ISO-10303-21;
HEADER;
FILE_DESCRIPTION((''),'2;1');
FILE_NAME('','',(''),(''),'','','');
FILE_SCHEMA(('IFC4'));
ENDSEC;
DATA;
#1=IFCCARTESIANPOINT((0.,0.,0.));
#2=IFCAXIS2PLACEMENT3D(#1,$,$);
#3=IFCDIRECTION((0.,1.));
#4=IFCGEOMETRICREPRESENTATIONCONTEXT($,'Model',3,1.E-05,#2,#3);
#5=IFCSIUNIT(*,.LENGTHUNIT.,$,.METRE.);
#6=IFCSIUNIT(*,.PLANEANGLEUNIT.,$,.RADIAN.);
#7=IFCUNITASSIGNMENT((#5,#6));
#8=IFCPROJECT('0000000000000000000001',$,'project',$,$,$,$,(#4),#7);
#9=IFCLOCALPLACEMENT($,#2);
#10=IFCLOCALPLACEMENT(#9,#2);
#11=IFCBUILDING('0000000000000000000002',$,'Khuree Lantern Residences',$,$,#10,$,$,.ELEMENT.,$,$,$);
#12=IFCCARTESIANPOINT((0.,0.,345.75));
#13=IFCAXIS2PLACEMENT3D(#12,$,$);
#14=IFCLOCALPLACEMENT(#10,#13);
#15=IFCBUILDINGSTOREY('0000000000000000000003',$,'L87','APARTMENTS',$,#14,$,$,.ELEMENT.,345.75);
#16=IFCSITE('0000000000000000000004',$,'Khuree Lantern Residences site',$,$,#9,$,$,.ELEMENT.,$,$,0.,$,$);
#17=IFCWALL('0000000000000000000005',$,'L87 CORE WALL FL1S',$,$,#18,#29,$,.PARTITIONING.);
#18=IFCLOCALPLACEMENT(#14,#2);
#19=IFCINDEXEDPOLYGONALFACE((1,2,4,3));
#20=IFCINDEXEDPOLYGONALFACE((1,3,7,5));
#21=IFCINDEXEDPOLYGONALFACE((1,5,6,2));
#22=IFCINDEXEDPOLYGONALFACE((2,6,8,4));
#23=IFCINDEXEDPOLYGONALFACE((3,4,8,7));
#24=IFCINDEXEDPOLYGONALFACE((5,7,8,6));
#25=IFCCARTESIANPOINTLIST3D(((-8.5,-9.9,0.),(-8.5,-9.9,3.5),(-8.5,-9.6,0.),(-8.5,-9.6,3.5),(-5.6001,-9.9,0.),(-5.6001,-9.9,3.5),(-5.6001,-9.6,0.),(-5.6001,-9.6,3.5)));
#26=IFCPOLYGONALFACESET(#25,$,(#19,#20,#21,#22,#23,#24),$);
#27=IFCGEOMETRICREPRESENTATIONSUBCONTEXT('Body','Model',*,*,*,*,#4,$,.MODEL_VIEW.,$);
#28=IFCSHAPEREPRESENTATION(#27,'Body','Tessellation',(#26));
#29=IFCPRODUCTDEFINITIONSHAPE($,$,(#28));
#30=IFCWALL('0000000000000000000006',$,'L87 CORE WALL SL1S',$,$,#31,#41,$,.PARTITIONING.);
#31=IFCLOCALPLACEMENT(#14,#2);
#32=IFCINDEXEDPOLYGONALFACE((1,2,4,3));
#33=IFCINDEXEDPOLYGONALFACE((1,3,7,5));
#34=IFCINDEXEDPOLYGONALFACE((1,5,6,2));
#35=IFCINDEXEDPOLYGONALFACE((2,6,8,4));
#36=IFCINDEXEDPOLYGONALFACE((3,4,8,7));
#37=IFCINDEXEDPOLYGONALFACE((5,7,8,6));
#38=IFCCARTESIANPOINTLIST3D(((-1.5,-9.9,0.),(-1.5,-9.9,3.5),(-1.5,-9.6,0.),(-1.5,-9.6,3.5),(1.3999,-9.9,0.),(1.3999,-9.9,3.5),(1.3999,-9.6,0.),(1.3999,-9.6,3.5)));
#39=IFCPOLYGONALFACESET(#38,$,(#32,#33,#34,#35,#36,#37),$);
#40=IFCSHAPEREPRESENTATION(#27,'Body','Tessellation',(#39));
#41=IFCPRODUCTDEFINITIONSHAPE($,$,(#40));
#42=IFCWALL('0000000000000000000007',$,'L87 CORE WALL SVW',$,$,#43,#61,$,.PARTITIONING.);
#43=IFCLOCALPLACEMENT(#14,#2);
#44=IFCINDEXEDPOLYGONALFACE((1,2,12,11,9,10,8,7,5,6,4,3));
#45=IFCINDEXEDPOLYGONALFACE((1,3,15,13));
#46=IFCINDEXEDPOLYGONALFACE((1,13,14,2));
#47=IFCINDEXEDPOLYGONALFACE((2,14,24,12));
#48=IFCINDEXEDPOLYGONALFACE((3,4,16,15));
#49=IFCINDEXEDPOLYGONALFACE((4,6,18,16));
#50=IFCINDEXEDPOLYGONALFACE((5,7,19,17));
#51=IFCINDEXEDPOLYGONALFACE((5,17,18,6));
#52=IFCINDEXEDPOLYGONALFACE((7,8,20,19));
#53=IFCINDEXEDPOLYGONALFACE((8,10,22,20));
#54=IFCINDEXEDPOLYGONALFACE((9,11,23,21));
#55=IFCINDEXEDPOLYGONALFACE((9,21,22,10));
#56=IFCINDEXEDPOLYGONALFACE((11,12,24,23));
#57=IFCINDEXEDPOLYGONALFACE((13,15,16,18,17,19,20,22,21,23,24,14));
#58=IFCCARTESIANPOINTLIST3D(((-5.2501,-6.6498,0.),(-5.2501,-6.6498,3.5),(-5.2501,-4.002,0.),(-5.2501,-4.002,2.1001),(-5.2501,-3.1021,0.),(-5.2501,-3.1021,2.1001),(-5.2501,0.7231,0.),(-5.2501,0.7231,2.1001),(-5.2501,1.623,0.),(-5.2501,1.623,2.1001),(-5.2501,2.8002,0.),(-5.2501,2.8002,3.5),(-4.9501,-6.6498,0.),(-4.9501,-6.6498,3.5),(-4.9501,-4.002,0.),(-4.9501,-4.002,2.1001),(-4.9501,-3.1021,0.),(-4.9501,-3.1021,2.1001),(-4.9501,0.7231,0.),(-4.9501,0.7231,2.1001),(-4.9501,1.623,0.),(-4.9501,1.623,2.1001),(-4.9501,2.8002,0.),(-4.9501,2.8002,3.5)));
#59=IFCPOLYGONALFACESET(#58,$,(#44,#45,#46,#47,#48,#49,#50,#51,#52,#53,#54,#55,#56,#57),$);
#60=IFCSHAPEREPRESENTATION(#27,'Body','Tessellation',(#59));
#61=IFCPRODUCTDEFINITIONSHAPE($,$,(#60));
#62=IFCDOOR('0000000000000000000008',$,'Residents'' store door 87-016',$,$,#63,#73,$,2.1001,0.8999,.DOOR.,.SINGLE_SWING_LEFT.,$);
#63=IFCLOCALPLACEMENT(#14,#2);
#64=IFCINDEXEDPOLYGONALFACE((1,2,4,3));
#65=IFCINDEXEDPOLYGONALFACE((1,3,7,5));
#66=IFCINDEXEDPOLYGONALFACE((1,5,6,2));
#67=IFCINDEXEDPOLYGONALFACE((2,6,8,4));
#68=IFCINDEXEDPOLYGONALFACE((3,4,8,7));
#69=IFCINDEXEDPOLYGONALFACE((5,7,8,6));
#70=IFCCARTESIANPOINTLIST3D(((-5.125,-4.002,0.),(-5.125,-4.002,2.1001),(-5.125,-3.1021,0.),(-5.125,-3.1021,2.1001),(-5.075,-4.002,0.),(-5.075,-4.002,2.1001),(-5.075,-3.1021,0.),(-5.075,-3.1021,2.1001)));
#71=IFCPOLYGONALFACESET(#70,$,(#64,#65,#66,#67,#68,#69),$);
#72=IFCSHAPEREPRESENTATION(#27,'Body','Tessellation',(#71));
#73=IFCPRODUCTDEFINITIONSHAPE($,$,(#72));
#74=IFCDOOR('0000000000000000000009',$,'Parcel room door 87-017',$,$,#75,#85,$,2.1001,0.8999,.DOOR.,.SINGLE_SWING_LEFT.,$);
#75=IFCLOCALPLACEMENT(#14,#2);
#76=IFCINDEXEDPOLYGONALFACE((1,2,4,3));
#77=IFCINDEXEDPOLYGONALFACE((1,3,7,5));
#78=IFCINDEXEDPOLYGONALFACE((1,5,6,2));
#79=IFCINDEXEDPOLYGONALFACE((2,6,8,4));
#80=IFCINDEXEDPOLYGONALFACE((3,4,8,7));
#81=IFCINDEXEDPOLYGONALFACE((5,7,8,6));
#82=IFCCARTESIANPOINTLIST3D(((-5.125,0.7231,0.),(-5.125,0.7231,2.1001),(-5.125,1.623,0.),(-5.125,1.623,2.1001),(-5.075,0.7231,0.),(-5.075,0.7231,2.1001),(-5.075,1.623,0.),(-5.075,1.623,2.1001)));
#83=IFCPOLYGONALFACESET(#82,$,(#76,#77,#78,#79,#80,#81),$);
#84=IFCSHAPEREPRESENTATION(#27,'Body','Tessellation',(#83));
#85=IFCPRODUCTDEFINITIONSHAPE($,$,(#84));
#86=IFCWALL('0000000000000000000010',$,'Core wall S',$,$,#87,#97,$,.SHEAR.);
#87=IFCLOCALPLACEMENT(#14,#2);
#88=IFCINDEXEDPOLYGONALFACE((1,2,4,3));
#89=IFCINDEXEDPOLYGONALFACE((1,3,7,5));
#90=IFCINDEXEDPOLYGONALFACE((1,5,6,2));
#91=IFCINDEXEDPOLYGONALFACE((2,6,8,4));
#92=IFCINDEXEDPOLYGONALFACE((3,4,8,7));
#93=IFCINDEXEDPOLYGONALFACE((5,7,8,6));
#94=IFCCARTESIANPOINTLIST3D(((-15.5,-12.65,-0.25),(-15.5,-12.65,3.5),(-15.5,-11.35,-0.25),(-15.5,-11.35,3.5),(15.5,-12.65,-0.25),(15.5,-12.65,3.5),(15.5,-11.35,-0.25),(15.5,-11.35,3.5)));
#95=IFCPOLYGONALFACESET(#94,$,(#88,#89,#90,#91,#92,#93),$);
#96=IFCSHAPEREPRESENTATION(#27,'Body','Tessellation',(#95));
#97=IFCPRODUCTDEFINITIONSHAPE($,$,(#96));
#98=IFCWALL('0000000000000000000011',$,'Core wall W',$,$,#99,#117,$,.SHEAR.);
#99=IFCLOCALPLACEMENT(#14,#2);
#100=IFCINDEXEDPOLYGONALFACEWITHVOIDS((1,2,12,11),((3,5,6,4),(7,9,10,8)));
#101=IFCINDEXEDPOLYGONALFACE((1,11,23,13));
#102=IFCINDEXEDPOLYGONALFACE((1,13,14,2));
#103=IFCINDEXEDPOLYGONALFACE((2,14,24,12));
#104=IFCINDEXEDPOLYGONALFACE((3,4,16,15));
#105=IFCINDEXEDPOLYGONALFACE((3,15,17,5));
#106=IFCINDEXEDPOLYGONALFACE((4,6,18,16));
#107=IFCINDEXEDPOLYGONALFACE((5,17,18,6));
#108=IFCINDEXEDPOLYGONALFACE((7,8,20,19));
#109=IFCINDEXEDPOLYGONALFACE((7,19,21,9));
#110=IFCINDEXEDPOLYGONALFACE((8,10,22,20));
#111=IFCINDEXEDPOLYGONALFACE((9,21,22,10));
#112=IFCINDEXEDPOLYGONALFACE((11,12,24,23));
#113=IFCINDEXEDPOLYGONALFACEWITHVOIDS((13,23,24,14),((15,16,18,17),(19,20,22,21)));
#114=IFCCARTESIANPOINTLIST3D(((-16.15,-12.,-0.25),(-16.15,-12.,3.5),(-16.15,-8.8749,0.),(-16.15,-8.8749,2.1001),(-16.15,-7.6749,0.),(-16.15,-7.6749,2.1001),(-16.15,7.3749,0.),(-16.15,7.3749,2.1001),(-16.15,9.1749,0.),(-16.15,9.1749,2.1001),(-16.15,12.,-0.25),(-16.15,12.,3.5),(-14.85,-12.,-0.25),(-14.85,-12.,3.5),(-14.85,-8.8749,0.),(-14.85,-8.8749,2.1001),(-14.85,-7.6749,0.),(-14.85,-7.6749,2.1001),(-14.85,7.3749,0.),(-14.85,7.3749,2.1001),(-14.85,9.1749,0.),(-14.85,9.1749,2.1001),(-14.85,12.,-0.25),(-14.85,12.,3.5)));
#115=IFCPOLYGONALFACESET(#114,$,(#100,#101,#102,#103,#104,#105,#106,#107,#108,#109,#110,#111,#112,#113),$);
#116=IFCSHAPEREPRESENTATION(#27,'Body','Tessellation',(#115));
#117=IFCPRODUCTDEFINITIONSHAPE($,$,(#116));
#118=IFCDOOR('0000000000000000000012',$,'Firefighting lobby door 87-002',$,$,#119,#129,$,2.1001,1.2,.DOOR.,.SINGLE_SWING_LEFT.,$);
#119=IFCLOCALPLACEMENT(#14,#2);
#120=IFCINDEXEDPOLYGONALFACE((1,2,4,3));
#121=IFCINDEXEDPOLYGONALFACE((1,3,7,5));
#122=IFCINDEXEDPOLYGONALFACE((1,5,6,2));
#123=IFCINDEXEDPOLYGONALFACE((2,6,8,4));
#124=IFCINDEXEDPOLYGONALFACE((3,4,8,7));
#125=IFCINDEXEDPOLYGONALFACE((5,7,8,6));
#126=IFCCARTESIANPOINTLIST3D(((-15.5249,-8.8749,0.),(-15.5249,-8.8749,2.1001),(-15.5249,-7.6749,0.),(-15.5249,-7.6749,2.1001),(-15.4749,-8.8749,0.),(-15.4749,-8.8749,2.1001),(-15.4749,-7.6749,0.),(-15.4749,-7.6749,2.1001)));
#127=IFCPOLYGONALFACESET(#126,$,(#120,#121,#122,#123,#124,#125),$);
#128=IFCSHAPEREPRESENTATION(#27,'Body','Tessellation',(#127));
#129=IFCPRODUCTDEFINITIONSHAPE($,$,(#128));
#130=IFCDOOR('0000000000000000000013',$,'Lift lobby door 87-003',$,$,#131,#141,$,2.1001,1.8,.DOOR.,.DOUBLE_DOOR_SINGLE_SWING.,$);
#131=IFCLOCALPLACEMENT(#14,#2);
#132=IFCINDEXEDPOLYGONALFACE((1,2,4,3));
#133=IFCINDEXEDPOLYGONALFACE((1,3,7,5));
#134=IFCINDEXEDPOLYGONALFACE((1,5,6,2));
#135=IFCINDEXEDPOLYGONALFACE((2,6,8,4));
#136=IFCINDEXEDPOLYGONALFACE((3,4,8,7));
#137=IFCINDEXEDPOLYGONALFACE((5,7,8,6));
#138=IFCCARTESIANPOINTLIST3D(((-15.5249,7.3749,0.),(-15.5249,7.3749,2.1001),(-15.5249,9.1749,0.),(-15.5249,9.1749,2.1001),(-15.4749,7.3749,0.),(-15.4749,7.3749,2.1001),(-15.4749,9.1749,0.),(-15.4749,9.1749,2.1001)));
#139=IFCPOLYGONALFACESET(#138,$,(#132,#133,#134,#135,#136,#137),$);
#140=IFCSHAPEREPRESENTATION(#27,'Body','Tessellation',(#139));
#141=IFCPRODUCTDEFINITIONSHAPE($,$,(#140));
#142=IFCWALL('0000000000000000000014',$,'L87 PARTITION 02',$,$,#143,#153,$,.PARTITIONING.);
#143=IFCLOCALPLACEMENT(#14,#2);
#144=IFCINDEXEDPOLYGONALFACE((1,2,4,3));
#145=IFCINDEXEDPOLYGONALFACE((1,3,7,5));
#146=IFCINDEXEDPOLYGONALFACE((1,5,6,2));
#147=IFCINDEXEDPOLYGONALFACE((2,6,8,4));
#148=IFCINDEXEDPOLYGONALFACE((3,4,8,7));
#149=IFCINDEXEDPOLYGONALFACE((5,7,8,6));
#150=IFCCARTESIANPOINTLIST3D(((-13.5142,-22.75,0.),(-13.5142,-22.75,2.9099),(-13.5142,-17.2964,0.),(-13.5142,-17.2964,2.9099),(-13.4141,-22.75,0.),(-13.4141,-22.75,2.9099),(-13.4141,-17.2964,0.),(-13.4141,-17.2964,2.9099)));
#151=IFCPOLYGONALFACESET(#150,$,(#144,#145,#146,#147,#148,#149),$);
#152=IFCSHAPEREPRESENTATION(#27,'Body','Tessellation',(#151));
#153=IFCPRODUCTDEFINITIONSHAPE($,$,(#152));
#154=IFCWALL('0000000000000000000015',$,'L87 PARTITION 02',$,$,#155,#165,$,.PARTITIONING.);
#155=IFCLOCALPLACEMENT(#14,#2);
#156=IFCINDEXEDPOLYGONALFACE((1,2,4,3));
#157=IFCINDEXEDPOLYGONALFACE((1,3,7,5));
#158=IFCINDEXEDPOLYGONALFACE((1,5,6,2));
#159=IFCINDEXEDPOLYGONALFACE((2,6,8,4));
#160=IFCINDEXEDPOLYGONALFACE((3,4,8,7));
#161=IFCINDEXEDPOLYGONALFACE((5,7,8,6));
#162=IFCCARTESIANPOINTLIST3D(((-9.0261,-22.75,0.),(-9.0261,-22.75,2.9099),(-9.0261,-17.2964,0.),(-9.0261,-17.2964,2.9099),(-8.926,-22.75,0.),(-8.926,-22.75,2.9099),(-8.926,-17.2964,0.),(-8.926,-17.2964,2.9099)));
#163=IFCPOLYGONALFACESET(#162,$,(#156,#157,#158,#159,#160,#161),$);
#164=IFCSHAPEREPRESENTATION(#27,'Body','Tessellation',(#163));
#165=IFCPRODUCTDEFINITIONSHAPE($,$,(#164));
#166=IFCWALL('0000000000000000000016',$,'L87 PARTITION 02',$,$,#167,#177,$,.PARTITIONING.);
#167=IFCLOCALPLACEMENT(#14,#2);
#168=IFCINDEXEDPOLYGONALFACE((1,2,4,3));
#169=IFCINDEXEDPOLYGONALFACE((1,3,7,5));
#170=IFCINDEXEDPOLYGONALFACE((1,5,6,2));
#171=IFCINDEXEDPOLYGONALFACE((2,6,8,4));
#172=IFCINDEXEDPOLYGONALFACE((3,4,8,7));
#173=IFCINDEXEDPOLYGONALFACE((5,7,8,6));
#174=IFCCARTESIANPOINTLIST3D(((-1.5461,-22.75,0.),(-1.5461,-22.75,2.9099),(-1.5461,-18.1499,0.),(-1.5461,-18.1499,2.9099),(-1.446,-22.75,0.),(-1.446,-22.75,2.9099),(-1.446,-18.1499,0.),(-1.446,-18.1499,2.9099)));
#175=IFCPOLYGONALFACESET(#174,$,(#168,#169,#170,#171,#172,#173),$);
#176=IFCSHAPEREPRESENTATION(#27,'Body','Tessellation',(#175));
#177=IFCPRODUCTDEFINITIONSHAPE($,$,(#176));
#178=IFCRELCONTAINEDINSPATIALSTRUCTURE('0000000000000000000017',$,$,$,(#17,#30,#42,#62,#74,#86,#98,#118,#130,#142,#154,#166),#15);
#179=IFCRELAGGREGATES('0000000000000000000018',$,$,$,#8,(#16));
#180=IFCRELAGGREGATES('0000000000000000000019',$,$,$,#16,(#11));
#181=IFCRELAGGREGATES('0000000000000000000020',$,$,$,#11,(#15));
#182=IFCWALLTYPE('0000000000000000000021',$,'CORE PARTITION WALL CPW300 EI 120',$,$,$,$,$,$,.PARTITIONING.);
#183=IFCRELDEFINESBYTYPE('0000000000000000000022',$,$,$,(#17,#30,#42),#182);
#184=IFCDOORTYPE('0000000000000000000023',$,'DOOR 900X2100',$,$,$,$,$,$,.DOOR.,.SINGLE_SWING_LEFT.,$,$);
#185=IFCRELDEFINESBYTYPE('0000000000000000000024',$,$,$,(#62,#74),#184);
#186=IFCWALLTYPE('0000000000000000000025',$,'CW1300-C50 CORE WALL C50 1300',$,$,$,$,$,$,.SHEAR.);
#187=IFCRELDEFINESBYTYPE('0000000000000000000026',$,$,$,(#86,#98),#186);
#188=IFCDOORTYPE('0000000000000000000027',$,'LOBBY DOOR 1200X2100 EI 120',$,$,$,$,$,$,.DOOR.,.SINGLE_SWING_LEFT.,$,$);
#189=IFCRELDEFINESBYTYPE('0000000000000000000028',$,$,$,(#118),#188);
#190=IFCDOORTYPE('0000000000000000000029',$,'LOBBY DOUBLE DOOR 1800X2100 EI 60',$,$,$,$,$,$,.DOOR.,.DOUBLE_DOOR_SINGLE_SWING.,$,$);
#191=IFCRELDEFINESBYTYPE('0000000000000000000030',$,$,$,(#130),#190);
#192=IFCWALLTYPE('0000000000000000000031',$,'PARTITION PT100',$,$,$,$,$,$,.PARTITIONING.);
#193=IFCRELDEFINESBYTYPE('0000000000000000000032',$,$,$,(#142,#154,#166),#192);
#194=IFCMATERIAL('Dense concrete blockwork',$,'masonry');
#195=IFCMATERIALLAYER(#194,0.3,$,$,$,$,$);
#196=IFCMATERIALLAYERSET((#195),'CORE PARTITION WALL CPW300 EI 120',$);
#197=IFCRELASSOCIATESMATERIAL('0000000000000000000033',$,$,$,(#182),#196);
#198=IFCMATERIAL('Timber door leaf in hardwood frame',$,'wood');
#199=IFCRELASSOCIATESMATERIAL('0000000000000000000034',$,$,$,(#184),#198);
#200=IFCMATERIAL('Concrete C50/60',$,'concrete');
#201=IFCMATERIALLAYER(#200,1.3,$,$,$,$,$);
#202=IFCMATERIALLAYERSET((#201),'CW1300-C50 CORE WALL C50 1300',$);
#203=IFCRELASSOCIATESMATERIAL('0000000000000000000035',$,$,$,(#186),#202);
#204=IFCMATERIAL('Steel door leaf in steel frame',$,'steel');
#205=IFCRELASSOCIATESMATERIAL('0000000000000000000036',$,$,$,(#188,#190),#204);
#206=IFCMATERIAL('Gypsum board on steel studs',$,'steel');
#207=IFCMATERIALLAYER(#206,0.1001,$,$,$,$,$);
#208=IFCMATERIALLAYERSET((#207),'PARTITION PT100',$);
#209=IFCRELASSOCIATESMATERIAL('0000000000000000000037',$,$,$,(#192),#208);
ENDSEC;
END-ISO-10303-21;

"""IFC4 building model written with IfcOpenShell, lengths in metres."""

from ifc_helpers import new_model, si_unit, direction, frame, frame_2d, origin, place, context, subcontext, project, spatial, rectangle, extrude, material, layer, layer_set, type_object, element, fill, save


model = new_model("IFC4")

# Units and contexts
model_context = context("Model", 3, precision=1e-05, world=origin(), true_north=direction((0.0, 1.0)))
body_context = subcontext(model_context, "Body", "Model", "MODEL_VIEW")
ifc_project = project(units=[si_unit("LENGTHUNIT", "METRE"), si_unit("PLANEANGLEUNIT", "RADIAN")], contexts=[model_context])

# Site, building, storey
site_placement = place(None, origin())
site = spatial("IfcSite", under=ifc_project, at=site_placement, Name="Khuree Lantern Residences site", CompositionType="ELEMENT", RefElevation=0.0)
building_placement = place(site_placement, origin())
building = spatial("IfcBuilding", under=site, at=building_placement, Name="Khuree Lantern Residences", CompositionType="ELEMENT")
storey_placement = place(building_placement, frame((0.0, 0.0, 345.75)))
storey = spatial("IfcBuildingStorey", under=building, at=storey_placement, Name="L87", Description="APARTMENTS", CompositionType="ELEMENT", Elevation=345.75)

# Shared definitions
ifc_material_1 = material(Name="Dense concrete blockwork", Category="masonry")
ifc_layer_1 = layer(ifc_material_1, 0.3)
ifc_layer_set_1 = layer_set([ifc_layer_1], Name="CORE PARTITION WALL CPW300 EI 120")
wall_type_1 = type_object("IfcWallType", Name="CORE PARTITION WALL CPW300 EI 120", PredefinedType="PARTITIONING", material=ifc_layer_set_1)

# Shared definitions
ifc_material_2 = material(Name="Steel door leaf in steel frame", Category="steel")

# Walls
for number, where, z_axis, x_axis, name in (
    (1, (-8.5, -9.75, 0.0), (0.0, 0.0, 1.0), (1.0, 0.0, 0.0), "L87 CORE WALL FL1S"),
    (2, (-1.5, -9.75, 0.0), (0.0, 0.0, 1.0), (1.0, 0.0, 0.0), "L87 CORE WALL SL1S"),
):
    element("IfcWall", number, at=place(storey_placement, frame(where, z_axis=z_axis, x_axis=x_axis)), inside=storey, type_object=wall_type_1, Name=name, PredefinedType="PARTITIONING", context=body_context, shape_type="SweptSolid", body=[
        extrude(rectangle(XDim=2.8999, YDim=0.3, at=frame_2d((1.45, 0.0))), origin(), (0.0, 0.0, 1.0), 3.5),
    ])

# Wall, openings, doors
wall_1_placement = place(storey_placement, frame((-5.1001, -6.6499, 0.0), z_axis=(0.0, 0.0, 1.0), x_axis=(0.0, 1.0, 0.0)))
wall_1 = element("IfcWall", 3, at=wall_1_placement, inside=storey, type_object=wall_type_1, Name="L87 CORE WALL SVW", PredefinedType="PARTITIONING", context=body_context, shape_type="SweptSolid", body=[
    extrude(rectangle(XDim=9.45, YDim=0.3, at=frame_2d((4.7251, 0.0))), origin(), (0.0, 0.0, 1.0), 3.5),
])
opening_1_placement = place(wall_1_placement, frame((2.6479, 0.0, 0.0)))
opening_1 = element("IfcOpeningElement", 4, at=opening_1_placement, cuts=wall_1, PredefinedType="OPENING", context=body_context, shape_type="SweptSolid", body=[
    extrude(rectangle(XDim=0.8999, YDim=2.1001, at=frame_2d((0.45, 1.05))), frame((0.0, 0.1602, 0.0), z_axis=(0.0, -1.0, 0.0), x_axis=(1.0, 0.0, 0.0)), (0.0, 0.0, 1.0), 0.3201),
])
opening_2_placement = place(wall_1_placement, frame((7.373, 0.0, 0.0)))
opening_2 = element("IfcOpeningElement", 5, at=opening_2_placement, cuts=wall_1, PredefinedType="OPENING", context=body_context, shape_type="SweptSolid", body=[
    extrude(rectangle(XDim=0.8999, YDim=2.1001, at=frame_2d((0.45, 1.05))), frame((0.0, 0.1602, 0.0), z_axis=(0.0, -1.0, 0.0), x_axis=(1.0, 0.0, 0.0)), (0.0, 0.0, 1.0), 0.3201),
])
ifc_material_3 = material(Name="Timber door leaf in hardwood frame", Category="wood")
door_type_1 = type_object("IfcDoorType", Name="DOOR 900X2100", OperationType="SINGLE_SWING_LEFT", PredefinedType="DOOR", material=ifc_material_3)
door_1_placement = place(opening_1_placement, origin())
door_1 = element("IfcDoor", 6, at=door_1_placement, inside=storey, type_object=door_type_1, Name="Residents' store door 87-016", OperationType="SINGLE_SWING_LEFT", OverallHeight=2.1001, OverallWidth=0.8999, PredefinedType="DOOR", context=body_context, shape_type="SweptSolid", body=[
    extrude(rectangle(XDim=0.8999, YDim=2.1001, at=frame_2d((0.45, 1.05))), frame((0.0, 0.0249, 0.0), z_axis=(0.0, -1.0, 0.0), x_axis=(1.0, 0.0, 0.0)), (0.0, 0.0, 1.0), 0.05),
])
fill(opening_1, door_1)
door_2_placement = place(opening_2_placement, origin())
door_2 = element("IfcDoor", 7, at=door_2_placement, inside=storey, type_object=door_type_1, Name="Parcel room door 87-017", OperationType="SINGLE_SWING_LEFT", OverallHeight=2.1001, OverallWidth=0.8999, PredefinedType="DOOR", context=body_context, shape_type="SweptSolid", body=[
    extrude(rectangle(XDim=0.8999, YDim=2.1001, at=frame_2d((0.45, 1.05))), frame((0.0, 0.0249, 0.0), z_axis=(0.0, -1.0, 0.0), x_axis=(1.0, 0.0, 0.0)), (0.0, 0.0, 1.0), 0.05),
])
fill(opening_2, door_2)

# Wall
ifc_material_4 = material(Name="Concrete C50/60", Category="concrete")
ifc_layer_2 = layer(ifc_material_4, 1.3)
ifc_layer_set_2 = layer_set([ifc_layer_2], Name="CW1300-C50 CORE WALL C50 1300")
wall_type_2 = type_object("IfcWallType", Name="CW1300-C50 CORE WALL C50 1300", PredefinedType="SHEAR", material=ifc_layer_set_2)
wall_2_placement = place(storey_placement, frame((-15.5, -12.0, -0.25), z_axis=(0.0, 0.0, 1.0), x_axis=(1.0, 0.0, 0.0)))
element("IfcWall", 8, at=wall_2_placement, inside=storey, type_object=wall_type_2, Name="Core wall S", PredefinedType="SHEAR", context=body_context, shape_type="SweptSolid", body=[
    extrude(rectangle(XDim=31.0, YDim=1.3, at=frame_2d((15.5, 0.0))), origin(), (0.0, 0.0, 1.0), 3.75),
])

# Wall, openings, doors
wall_3_placement = place(storey_placement, frame((-15.5, -12.0, -0.25), z_axis=(0.0, 0.0, 1.0), x_axis=(0.0, 1.0, 0.0)))
wall_3 = element("IfcWall", 9, at=wall_3_placement, inside=storey, type_object=wall_type_2, Name="Core wall W", PredefinedType="SHEAR", context=body_context, shape_type="SweptSolid", body=[
    extrude(rectangle(XDim=24.0, YDim=1.3, at=frame_2d((12.0, 0.0))), origin(), (0.0, 0.0, 1.0), 3.75),
])
opening_3_placement = place(wall_3_placement, frame((3.125, 0.0, 0.25)))
opening_3 = element("IfcOpeningElement", 10, at=opening_3_placement, cuts=wall_3, PredefinedType="OPENING", context=body_context, shape_type="SweptSolid", body=[
    extrude(rectangle(XDim=1.2, YDim=2.1001, at=frame_2d((0.6001, 1.05))), frame((0.0, 0.6602, 0.0), z_axis=(0.0, -1.0, 0.0), x_axis=(1.0, 0.0, 0.0)), (0.0, 0.0, 1.0), 1.3201),
])
opening_4_placement = place(wall_3_placement, frame((19.375, 0.0, 0.25)))
opening_4 = element("IfcOpeningElement", 11, at=opening_4_placement, cuts=wall_3, PredefinedType="OPENING", context=body_context, shape_type="SweptSolid", body=[
    extrude(rectangle(XDim=1.8, YDim=2.1001, at=frame_2d((0.8999, 1.05))), frame((0.0, 0.6602, 0.0), z_axis=(0.0, -1.0, 0.0), x_axis=(1.0, 0.0, 0.0)), (0.0, 0.0, 1.0), 1.3201),
])
door_type_2 = type_object("IfcDoorType", Name="LOBBY DOOR 1200X2100 EI 120", OperationType="SINGLE_SWING_LEFT", PredefinedType="DOOR", material=ifc_material_2)
door_3_placement = place(opening_3_placement, origin())
door_3 = element("IfcDoor", 12, at=door_3_placement, inside=storey, type_object=door_type_2, Name="Firefighting lobby door 87-002", OperationType="SINGLE_SWING_LEFT", OverallHeight=2.1001, OverallWidth=1.2, PredefinedType="DOOR", context=body_context, shape_type="SweptSolid", body=[
    extrude(rectangle(XDim=1.2, YDim=2.1001, at=frame_2d((0.6001, 1.05))), frame((0.0, 0.0249, 0.0), z_axis=(0.0, -1.0, 0.0), x_axis=(1.0, 0.0, 0.0)), (0.0, 0.0, 1.0), 0.05),
])
fill(opening_3, door_3)
door_type_3 = type_object("IfcDoorType", Name="LOBBY DOUBLE DOOR 1800X2100 EI 60", OperationType="DOUBLE_DOOR_SINGLE_SWING", PredefinedType="DOOR", material=ifc_material_2)
door_4_placement = place(opening_4_placement, origin())
door_4 = element("IfcDoor", 13, at=door_4_placement, inside=storey, type_object=door_type_3, Name="Lift lobby door 87-003", OperationType="DOUBLE_DOOR_SINGLE_SWING", OverallHeight=2.1001, OverallWidth=1.8, PredefinedType="DOOR", context=body_context, shape_type="SweptSolid", body=[
    extrude(rectangle(XDim=1.8, YDim=2.1001, at=frame_2d((0.8999, 1.05))), frame((0.0, 0.0249, 0.0), z_axis=(0.0, -1.0, 0.0), x_axis=(1.0, 0.0, 0.0)), (0.0, 0.0, 1.0), 0.05),
])
fill(opening_4, door_4)

# Walls
ifc_material_5 = material(Name="Gypsum board on steel studs", Category="steel")
ifc_layer_3 = layer(ifc_material_5, 0.1001)
ifc_layer_set_3 = layer_set([ifc_layer_3], Name="PARTITION PT100")
wall_type_3 = type_object("IfcWallType", Name="PARTITION PT100", PredefinedType="PARTITIONING", material=ifc_layer_set_3)
for number, where, z_axis, x_axis, name in (
    (14, (-13.4641, -17.2964, 0.0), (0.0, 0.0, 1.0), (0.0, -1.0, 0.0), "L87 PARTITION 02"),
    (15, (-8.9761, -17.2964, 0.0), (0.0, 0.0, 1.0), (0.0, -1.0, 0.0), "L87 PARTITION 02"),
):
    element("IfcWall", number, at=place(storey_placement, frame(where, z_axis=z_axis, x_axis=x_axis)), inside=storey, type_object=wall_type_3, Name=name, PredefinedType="PARTITIONING", context=body_context, shape_type="SweptSolid", body=[
        extrude(rectangle(XDim=5.4536, YDim=0.1001, at=frame_2d((2.7268, 0.0))), origin(), (0.0, 0.0, 1.0), 2.9099),
    ])
wall_4_placement = place(storey_placement, frame((-1.4961, -18.1499, 0.0), z_axis=(0.0, 0.0, 1.0), x_axis=(0.0, -1.0, 0.0)))
element("IfcWall", 16, at=wall_4_placement, inside=storey, type_object=wall_type_3, Name="L87 PARTITION 02", PredefinedType="PARTITIONING", context=body_context, shape_type="SweptSolid", body=[
    extrude(rectangle(XDim=4.6001, YDim=0.1001, at=frame_2d((2.3, 0.0))), origin(), (0.0, 0.0, 1.0), 2.9099),
])

save(model, "model.ifc")
